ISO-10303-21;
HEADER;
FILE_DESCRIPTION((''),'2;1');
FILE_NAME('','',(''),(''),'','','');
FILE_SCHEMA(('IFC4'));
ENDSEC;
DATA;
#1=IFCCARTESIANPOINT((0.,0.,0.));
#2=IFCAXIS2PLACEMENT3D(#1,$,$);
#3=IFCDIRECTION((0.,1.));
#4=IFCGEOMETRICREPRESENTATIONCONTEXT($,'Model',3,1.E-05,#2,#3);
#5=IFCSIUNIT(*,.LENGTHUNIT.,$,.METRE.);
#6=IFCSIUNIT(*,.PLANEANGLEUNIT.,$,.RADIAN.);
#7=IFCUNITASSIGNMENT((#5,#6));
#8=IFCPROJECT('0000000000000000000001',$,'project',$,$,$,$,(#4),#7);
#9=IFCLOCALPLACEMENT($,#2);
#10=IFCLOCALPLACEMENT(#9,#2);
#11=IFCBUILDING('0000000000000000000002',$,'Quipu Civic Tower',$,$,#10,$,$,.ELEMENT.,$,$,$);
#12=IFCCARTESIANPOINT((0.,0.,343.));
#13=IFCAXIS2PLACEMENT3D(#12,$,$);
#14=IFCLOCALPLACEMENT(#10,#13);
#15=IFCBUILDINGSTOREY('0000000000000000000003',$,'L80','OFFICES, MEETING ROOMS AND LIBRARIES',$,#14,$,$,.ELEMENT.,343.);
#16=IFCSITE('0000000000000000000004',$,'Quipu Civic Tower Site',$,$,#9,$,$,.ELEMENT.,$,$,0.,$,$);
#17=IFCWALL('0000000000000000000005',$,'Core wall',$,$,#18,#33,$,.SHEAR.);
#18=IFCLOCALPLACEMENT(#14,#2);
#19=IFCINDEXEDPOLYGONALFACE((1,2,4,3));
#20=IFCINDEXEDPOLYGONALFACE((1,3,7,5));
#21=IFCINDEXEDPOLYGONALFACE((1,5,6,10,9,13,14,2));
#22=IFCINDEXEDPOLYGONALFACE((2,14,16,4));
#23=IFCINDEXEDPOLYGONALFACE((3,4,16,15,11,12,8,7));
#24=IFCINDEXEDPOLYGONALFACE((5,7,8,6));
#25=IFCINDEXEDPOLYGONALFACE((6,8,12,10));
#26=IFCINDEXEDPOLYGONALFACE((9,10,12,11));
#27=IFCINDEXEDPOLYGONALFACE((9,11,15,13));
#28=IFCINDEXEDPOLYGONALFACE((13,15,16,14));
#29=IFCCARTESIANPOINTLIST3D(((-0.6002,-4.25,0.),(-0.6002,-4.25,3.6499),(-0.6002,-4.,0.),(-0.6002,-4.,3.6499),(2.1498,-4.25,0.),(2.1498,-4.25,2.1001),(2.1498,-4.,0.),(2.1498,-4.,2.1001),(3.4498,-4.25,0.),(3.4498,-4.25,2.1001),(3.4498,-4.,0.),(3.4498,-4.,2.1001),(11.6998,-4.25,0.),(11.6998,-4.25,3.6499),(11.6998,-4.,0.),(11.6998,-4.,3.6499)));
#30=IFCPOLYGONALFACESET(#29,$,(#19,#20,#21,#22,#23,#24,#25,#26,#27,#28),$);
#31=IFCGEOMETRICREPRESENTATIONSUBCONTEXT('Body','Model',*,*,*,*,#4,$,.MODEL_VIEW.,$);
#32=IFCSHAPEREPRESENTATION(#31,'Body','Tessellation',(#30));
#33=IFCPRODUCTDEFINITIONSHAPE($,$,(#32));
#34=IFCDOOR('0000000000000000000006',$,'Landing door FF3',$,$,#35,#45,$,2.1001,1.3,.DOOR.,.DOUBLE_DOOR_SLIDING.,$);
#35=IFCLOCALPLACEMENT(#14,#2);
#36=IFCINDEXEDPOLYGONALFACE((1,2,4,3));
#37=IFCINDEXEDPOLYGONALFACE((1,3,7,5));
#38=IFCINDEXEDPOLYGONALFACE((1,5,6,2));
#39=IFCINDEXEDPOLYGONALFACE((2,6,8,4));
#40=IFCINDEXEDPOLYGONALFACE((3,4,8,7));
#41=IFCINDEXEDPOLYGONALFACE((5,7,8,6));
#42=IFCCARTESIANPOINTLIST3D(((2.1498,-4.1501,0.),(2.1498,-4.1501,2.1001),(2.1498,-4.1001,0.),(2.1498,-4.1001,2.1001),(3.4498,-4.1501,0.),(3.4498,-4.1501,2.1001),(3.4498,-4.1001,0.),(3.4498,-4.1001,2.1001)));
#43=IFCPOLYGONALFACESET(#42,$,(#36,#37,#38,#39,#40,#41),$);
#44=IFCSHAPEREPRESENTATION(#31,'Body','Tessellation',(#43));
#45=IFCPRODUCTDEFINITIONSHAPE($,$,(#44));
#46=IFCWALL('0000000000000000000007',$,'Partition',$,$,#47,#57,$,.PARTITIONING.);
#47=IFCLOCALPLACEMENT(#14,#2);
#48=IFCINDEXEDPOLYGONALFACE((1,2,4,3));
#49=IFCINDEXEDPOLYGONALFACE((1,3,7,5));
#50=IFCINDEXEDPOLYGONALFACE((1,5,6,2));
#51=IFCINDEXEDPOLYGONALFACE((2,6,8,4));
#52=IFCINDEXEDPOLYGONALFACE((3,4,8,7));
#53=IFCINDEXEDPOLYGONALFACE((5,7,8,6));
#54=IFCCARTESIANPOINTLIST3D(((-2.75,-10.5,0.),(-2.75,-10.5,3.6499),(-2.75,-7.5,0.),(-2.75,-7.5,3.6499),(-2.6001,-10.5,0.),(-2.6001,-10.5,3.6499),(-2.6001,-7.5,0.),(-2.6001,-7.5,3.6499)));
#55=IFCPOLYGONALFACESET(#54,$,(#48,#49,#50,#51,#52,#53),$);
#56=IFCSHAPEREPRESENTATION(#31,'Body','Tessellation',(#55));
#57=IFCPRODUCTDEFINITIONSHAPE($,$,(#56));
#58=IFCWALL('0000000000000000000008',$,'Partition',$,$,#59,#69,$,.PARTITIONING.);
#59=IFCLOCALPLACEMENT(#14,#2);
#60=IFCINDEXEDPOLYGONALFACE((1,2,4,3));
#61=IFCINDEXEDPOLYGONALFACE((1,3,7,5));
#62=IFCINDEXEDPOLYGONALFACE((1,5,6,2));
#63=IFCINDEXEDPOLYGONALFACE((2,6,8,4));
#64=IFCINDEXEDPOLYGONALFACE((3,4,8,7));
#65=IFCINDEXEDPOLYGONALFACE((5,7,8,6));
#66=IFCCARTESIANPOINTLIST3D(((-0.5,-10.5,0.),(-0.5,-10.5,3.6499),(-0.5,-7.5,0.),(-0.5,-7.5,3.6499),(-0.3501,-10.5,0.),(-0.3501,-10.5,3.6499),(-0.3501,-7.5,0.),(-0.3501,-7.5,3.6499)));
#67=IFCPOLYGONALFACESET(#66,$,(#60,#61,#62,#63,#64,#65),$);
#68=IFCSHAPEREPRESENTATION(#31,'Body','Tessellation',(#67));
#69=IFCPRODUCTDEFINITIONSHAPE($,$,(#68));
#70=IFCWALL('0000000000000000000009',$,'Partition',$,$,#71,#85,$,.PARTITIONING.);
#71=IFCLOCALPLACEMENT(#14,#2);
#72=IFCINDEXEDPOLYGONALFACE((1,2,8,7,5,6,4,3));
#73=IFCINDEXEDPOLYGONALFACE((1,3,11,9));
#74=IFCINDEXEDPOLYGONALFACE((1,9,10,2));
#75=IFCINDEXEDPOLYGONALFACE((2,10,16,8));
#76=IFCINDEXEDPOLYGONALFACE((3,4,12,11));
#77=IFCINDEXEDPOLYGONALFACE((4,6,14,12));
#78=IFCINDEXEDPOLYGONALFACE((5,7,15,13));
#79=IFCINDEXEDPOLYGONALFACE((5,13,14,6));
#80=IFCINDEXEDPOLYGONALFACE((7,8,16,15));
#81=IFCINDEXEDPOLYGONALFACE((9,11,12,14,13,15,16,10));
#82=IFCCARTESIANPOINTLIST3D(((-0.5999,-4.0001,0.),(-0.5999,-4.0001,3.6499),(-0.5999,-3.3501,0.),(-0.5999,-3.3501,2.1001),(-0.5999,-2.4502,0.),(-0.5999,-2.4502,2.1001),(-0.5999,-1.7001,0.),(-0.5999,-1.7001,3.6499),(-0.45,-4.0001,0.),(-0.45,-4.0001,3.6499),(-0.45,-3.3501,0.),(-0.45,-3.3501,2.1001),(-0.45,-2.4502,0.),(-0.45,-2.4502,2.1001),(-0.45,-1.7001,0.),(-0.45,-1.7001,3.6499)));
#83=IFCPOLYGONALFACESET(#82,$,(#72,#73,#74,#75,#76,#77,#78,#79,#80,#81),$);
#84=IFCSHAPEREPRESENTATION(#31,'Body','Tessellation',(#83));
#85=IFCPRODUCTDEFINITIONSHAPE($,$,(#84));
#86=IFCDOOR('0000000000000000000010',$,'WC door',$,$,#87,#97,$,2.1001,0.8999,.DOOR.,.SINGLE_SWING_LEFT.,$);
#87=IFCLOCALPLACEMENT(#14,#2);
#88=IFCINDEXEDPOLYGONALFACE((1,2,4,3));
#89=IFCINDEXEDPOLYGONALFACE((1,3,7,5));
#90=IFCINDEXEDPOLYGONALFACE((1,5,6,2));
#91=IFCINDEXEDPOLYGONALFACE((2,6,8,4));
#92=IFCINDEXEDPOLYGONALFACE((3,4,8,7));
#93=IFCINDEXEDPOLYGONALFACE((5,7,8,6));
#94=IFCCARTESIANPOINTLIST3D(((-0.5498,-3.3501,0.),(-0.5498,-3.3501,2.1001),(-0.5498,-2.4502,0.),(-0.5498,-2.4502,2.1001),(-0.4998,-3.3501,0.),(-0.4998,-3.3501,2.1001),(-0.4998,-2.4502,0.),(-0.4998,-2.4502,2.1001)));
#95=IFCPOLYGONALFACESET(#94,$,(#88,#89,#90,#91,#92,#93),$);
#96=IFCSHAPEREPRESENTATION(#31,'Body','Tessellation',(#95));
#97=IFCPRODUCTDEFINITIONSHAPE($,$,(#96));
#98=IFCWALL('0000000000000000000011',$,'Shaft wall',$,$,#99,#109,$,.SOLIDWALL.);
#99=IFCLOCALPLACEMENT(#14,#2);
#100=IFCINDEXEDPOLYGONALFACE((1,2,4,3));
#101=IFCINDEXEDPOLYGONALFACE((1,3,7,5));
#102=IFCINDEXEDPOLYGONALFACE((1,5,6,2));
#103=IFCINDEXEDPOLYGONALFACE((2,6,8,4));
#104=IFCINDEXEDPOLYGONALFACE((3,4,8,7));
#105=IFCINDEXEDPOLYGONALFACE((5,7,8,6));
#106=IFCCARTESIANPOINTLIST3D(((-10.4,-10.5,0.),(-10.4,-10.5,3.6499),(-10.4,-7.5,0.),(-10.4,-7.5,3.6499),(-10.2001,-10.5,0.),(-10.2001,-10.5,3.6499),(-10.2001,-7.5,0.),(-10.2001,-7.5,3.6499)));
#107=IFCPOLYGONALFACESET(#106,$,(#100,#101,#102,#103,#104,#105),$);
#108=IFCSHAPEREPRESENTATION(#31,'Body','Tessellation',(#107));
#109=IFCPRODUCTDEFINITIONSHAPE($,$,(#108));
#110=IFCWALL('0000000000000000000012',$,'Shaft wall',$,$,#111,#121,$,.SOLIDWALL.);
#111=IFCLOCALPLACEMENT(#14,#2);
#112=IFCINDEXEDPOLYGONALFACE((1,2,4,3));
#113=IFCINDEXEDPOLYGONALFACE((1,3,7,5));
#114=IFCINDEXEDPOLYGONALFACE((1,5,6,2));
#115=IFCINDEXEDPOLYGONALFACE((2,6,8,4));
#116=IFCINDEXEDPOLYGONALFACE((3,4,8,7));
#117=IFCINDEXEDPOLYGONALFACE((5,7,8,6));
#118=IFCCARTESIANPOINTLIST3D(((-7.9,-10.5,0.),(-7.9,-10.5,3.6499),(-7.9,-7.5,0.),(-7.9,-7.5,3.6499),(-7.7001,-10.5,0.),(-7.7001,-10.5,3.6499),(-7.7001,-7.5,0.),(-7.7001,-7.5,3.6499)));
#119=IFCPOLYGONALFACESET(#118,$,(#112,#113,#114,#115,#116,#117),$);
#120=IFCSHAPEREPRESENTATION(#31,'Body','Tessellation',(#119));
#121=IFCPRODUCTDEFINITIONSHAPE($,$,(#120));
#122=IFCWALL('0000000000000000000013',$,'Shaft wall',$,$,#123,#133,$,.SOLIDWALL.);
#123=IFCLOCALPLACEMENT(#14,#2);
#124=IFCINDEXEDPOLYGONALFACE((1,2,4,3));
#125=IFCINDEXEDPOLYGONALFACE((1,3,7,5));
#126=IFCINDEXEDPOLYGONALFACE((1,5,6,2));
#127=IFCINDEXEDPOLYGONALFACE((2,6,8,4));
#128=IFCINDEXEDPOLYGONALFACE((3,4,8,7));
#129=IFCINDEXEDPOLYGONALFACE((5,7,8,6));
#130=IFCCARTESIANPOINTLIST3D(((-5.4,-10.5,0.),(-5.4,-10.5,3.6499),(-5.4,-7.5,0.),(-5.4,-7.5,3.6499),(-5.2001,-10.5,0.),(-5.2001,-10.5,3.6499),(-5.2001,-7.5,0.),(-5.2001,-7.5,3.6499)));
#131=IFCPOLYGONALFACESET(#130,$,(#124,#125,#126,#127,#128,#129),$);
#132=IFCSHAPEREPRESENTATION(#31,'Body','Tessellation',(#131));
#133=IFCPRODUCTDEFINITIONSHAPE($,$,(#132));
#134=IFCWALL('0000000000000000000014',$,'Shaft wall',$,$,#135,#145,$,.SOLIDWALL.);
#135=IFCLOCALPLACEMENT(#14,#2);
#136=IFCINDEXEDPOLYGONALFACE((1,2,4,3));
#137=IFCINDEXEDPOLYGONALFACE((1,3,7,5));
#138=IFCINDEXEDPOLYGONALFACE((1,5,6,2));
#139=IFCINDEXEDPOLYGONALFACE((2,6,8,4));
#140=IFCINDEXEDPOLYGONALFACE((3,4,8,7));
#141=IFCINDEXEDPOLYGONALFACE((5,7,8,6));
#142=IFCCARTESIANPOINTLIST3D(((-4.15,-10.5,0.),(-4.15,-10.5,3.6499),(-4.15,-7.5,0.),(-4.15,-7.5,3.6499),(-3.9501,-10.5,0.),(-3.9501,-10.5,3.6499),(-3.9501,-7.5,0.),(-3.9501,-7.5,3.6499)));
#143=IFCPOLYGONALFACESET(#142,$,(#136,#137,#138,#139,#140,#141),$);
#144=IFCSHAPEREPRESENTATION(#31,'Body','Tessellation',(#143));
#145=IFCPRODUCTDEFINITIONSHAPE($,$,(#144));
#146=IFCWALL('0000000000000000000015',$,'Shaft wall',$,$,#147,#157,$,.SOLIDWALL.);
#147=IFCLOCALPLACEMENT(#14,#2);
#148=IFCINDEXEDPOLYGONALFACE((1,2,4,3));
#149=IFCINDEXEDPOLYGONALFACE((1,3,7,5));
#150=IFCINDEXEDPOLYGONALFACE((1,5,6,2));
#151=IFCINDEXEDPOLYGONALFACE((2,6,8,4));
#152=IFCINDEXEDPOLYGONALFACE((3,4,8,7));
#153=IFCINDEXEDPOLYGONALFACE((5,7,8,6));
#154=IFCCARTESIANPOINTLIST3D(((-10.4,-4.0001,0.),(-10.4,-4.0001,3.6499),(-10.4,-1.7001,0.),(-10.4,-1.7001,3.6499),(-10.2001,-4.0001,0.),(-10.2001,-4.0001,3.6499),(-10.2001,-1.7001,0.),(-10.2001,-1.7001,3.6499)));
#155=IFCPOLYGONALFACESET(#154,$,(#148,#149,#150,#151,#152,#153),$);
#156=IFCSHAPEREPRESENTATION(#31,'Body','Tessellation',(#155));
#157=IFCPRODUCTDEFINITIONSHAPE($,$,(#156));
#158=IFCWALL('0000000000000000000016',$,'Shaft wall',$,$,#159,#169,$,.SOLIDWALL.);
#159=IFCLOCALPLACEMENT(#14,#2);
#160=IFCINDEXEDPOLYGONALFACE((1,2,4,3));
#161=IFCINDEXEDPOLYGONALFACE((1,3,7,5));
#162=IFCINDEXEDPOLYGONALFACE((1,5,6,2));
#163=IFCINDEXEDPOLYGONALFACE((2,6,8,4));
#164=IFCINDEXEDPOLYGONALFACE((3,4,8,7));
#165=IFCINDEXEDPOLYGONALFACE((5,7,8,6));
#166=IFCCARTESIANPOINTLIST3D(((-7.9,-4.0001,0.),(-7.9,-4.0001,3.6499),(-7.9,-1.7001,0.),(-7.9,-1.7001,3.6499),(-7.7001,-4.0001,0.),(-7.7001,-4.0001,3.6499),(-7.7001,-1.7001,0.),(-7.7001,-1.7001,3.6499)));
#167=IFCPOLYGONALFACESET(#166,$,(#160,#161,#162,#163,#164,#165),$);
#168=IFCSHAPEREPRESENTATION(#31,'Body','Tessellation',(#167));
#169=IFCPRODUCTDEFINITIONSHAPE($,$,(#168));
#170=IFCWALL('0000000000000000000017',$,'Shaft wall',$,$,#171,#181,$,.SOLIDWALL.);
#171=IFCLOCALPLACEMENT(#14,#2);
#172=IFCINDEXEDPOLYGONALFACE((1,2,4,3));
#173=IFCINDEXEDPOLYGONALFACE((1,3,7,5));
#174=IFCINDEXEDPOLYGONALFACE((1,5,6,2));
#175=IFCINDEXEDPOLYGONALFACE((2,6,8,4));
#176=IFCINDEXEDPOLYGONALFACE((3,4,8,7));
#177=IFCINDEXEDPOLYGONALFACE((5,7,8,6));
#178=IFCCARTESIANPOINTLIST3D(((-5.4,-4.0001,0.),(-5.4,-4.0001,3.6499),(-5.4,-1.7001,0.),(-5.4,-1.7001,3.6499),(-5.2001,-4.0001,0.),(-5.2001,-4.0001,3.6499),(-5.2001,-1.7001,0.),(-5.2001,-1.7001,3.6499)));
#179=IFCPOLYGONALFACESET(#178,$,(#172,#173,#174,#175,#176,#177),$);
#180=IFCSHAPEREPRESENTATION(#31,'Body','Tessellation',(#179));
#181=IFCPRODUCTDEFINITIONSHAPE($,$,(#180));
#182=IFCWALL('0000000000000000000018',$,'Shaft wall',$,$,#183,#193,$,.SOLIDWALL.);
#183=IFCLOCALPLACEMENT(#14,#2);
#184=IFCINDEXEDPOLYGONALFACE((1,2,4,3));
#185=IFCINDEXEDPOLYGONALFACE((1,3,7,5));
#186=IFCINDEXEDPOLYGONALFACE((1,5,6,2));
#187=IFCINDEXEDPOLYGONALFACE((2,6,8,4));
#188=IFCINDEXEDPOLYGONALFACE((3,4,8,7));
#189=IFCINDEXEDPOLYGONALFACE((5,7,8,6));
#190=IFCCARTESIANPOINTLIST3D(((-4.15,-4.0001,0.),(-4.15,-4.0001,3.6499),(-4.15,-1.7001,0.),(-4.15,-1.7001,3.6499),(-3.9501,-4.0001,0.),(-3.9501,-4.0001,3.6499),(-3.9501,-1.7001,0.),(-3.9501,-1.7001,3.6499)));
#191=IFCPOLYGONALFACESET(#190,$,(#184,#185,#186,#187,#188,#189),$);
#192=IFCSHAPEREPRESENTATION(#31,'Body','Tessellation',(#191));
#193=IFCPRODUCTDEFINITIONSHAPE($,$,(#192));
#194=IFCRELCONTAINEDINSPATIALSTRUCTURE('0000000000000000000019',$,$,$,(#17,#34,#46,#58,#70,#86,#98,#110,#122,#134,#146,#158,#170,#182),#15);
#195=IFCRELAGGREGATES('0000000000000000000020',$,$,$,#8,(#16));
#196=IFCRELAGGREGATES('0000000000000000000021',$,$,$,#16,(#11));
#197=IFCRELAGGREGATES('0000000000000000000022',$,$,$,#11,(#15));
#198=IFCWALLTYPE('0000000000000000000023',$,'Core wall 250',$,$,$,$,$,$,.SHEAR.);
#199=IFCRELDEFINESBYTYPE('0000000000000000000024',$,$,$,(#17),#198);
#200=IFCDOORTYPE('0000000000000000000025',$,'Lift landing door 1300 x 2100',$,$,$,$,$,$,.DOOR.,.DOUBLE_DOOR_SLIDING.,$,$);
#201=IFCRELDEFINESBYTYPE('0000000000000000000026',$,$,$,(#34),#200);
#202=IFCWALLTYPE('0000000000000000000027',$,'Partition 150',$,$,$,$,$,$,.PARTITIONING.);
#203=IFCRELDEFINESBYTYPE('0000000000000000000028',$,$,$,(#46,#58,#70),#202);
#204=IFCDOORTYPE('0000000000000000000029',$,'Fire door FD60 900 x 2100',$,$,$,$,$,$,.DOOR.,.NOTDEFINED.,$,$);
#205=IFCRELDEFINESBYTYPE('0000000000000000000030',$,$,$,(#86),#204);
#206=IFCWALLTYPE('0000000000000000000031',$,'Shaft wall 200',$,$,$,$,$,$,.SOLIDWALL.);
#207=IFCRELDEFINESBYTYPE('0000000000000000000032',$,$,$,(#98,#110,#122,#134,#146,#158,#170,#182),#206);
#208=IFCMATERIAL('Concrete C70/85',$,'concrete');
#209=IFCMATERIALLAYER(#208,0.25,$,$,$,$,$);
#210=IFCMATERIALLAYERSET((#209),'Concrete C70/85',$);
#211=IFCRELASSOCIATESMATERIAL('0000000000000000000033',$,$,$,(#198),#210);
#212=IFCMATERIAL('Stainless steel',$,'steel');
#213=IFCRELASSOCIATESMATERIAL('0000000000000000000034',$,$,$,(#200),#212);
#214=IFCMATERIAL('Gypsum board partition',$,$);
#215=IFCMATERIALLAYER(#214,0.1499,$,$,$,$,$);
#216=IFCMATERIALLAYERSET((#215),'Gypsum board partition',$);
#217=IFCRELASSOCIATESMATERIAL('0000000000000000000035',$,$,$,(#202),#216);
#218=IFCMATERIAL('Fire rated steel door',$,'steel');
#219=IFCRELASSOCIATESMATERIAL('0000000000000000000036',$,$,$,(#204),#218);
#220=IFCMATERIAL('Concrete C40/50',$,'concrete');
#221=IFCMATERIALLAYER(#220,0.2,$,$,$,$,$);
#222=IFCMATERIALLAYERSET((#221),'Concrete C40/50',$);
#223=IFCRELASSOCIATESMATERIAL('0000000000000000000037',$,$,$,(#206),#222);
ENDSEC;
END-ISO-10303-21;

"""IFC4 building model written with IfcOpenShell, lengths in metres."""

from ifc_helpers import new_model, si_unit, direction, frame, frame_2d, origin, place, context, subcontext, project, spatial, rectangle, extrude, material, layer, layer_set, type_object, element, fill, save


model = new_model("IFC4")

# Units and contexts
model_context = context("Model", 3, precision=1e-05, world=origin(), true_north=direction((0.0, 1.0)))
body_context = subcontext(model_context, "Body", "Model", "MODEL_VIEW")
ifc_project = project(units=[si_unit("LENGTHUNIT", "METRE"), si_unit("PLANEANGLEUNIT", "RADIAN")], contexts=[model_context])

# Site, building, storey
site_placement = place(None, origin())
site = spatial("IfcSite", under=ifc_project, at=site_placement, Name="Quipu Civic Tower Site", CompositionType="ELEMENT", RefElevation=0.0)
building_placement = place(site_placement, origin())
building = spatial("IfcBuilding", under=site, at=building_placement, Name="Quipu Civic Tower", CompositionType="ELEMENT")
storey_placement = place(building_placement, frame((0.0, 0.0, 343.0)))
storey = spatial("IfcBuildingStorey", under=building, at=storey_placement, Name="L80", Description="OFFICES, MEETING ROOMS AND LIBRARIES", CompositionType="ELEMENT", Elevation=343.0)

# Wall, opening, door
ifc_material_1 = material(Name="Concrete C70/85", Category="concrete")
ifc_layer_1 = layer(ifc_material_1, 0.25)
ifc_layer_set_1 = layer_set([ifc_layer_1], Name="Concrete C70/85")
wall_type_1 = type_object("IfcWallType", Name="Core wall 250", PredefinedType="SHEAR", material=ifc_layer_set_1)
wall_1_placement = place(storey_placement, frame((-0.6001, -4.125, 0.0), z_axis=(0.0, 0.0, 1.0), x_axis=(1.0, 0.0, 0.0)))
wall_1 = element("IfcWall", 1, at=wall_1_placement, inside=storey, type_object=wall_type_1, Name="Core wall", PredefinedType="SHEAR", context=body_context, shape_type="SweptSolid", body=[
    extrude(rectangle(XDim=12.3, YDim=0.25, at=frame_2d((6.1499, 0.0))), origin(), (0.0, 0.0, 1.0), 3.6499),
])
opening_1_placement = place(wall_1_placement, frame((2.75, 0.0, 0.0)))
opening_1 = element("IfcOpeningElement", 2, at=opening_1_placement, cuts=wall_1, PredefinedType="OPENING", context=body_context, shape_type="SweptSolid", body=[
    extrude(rectangle(XDim=1.3, YDim=2.1001, at=frame_2d((0.6499, 1.05))), frame((0.0, 0.135, 0.0), z_axis=(0.0, -1.0, 0.0), x_axis=(1.0, 0.0, 0.0)), (0.0, 0.0, 1.0), 0.27),
])
ifc_material_2 = material(Name="Stainless steel", Category="steel")
door_type_1 = type_object("IfcDoorType", Name="Lift landing door 1300 x 2100", OperationType="DOUBLE_DOOR_SLIDING", PredefinedType="DOOR", material=ifc_material_2)
door_1_placement = place(opening_1_placement, origin())
door_1 = element("IfcDoor", 3, at=door_1_placement, inside=storey, type_object=door_type_1, Name="Landing door FF3", OperationType="DOUBLE_DOOR_SLIDING", OverallHeight=2.1001, OverallWidth=1.3, PredefinedType="DOOR", context=body_context, shape_type="SweptSolid", body=[
    extrude(rectangle(XDim=1.3, YDim=2.1001, at=frame_2d((0.6499, 1.05))), frame((0.0, 0.0249, 0.0), z_axis=(0.0, -1.0, 0.0), x_axis=(1.0, 0.0, 0.0)), (0.0, 0.0, 1.0), 0.05),
])
fill(opening_1, door_1)

# Walls
ifc_material_3 = material(Name="Gypsum board partition")
ifc_layer_2 = layer(ifc_material_3, 0.1499)
ifc_layer_set_2 = layer_set([ifc_layer_2], Name="Gypsum board partition")
wall_type_2 = type_object("IfcWallType", Name="Partition 150", PredefinedType="PARTITIONING", material=ifc_layer_set_2)
for number, where, z_axis, x_axis, name in (
    (4, (-2.675, -10.5, 0.0), (0.0, 0.0, 1.0), (0.0, 1.0, 0.0), "Partition"),
    (5, (-0.425, -10.5, 0.0), (0.0, 0.0, 1.0), (0.0, 1.0, 0.0), "Partition"),
):
    element("IfcWall", number, at=place(storey_placement, frame(where, z_axis=z_axis, x_axis=x_axis)), inside=storey, type_object=wall_type_2, Name=name, PredefinedType="PARTITIONING", context=body_context, shape_type="SweptSolid", body=[
        extrude(rectangle(XDim=3.0, YDim=0.1499, at=frame_2d((1.5, 0.0))), origin(), (0.0, 0.0, 1.0), 3.6499),
    ])

# Wall, opening, door
wall_2_placement = place(storey_placement, frame((-0.5249, -4.0, 0.0), z_axis=(0.0, 0.0, 1.0), x_axis=(0.0, 1.0, 0.0)))
wall_2 = element("IfcWall", 6, at=wall_2_placement, inside=storey, type_object=wall_type_2, Name="Partition", PredefinedType="PARTITIONING", context=body_context, shape_type="SweptSolid", body=[
    extrude(rectangle(XDim=2.3, YDim=0.1499, at=frame_2d((1.1499, 0.0))), origin(), (0.0, 0.0, 1.0), 3.6499),
])
opening_2_placement = place(wall_2_placement, frame((0.6499, 0.0, 0.0)))
opening_2 = element("IfcOpeningElement", 7, at=opening_2_placement, cuts=wall_2, PredefinedType="OPENING", context=body_context, shape_type="SweptSolid", body=[
    extrude(rectangle(XDim=0.8999, YDim=2.1001, at=frame_2d((0.45, 1.05))), frame((0.0, 0.085, 0.0), z_axis=(0.0, -1.0, 0.0), x_axis=(1.0, 0.0, 0.0)), (0.0, 0.0, 1.0), 0.1699),
])
ifc_material_4 = material(Name="Fire rated steel door", Category="steel")
door_type_2 = type_object("IfcDoorType", Name="Fire door FD60 900 x 2100", OperationType="NOTDEFINED", PredefinedType="DOOR", material=ifc_material_4)
door_2_placement = place(opening_2_placement, origin())
door_2 = element("IfcDoor", 8, at=door_2_placement, inside=storey, type_object=door_type_2, Name="WC door", OperationType="SINGLE_SWING_LEFT", OverallHeight=2.1001, OverallWidth=0.8999, PredefinedType="DOOR", context=body_context, shape_type="SweptSolid", body=[
    extrude(rectangle(XDim=0.8999, YDim=2.1001, at=frame_2d((0.45, 1.05))), frame((0.0, 0.0249, 0.0), z_axis=(0.0, -1.0, 0.0), x_axis=(1.0, 0.0, 0.0)), (0.0, 0.0, 1.0), 0.05),
])
fill(opening_2, door_2)

# Walls
ifc_material_5 = material(Name="Concrete C40/50", Category="concrete")
ifc_layer_3 = layer(ifc_material_5, 0.2)
ifc_layer_set_3 = layer_set([ifc_layer_3], Name="Concrete C40/50")
wall_type_3 = type_object("IfcWallType", Name="Shaft wall 200", PredefinedType="SOLIDWALL", material=ifc_layer_set_3)
for number, where, z_axis, x_axis, name in (
    (9, (-10.3, -10.5, 0.0), (0.0, 0.0, 1.0), (0.0, 1.0, 0.0), "Shaft wall"),
    (10, (-7.8, -10.5, 0.0), (0.0, 0.0, 1.0), (0.0, 1.0, 0.0), "Shaft wall"),
    (11, (-5.3, -10.5, 0.0), (0.0, 0.0, 1.0), (0.0, 1.0, 0.0), "Shaft wall"),
    (12, (-4.05, -10.5, 0.0), (0.0, 0.0, 1.0), (0.0, 1.0, 0.0), "Shaft wall"),
):
    element("IfcWall", number, at=place(storey_placement, frame(where, z_axis=z_axis, x_axis=x_axis)), inside=storey, type_object=wall_type_3, Name=name, PredefinedType="SOLIDWALL", context=body_context, shape_type="SweptSolid", body=[
        extrude(rectangle(XDim=3.0, YDim=0.2, at=frame_2d((1.5, 0.0))), origin(), (0.0, 0.0, 1.0), 3.6499),
    ])
for number, where, z_axis, x_axis, name in (
    (13, (-10.3, -4.0, 0.0), (0.0, 0.0, 1.0), (0.0, 1.0, 0.0), "Shaft wall"),
    (14, (-7.8, -4.0, 0.0), (0.0, 0.0, 1.0), (0.0, 1.0, 0.0), "Shaft wall"),
    (15, (-5.3, -4.0, 0.0), (0.0, 0.0, 1.0), (0.0, 1.0, 0.0), "Shaft wall"),
    (16, (-4.05, -4.0, 0.0), (0.0, 0.0, 1.0), (0.0, 1.0, 0.0), "Shaft wall"),
):
    element("IfcWall", number, at=place(storey_placement, frame(where, z_axis=z_axis, x_axis=x_axis)), inside=storey, type_object=wall_type_3, Name=name, PredefinedType="SOLIDWALL", context=body_context, shape_type="SweptSolid", body=[
        extrude(rectangle(XDim=2.3, YDim=0.2, at=frame_2d((1.1499, 0.0))), origin(), (0.0, 0.0, 1.0), 3.6499),
    ])

save(model, "model.ifc")
